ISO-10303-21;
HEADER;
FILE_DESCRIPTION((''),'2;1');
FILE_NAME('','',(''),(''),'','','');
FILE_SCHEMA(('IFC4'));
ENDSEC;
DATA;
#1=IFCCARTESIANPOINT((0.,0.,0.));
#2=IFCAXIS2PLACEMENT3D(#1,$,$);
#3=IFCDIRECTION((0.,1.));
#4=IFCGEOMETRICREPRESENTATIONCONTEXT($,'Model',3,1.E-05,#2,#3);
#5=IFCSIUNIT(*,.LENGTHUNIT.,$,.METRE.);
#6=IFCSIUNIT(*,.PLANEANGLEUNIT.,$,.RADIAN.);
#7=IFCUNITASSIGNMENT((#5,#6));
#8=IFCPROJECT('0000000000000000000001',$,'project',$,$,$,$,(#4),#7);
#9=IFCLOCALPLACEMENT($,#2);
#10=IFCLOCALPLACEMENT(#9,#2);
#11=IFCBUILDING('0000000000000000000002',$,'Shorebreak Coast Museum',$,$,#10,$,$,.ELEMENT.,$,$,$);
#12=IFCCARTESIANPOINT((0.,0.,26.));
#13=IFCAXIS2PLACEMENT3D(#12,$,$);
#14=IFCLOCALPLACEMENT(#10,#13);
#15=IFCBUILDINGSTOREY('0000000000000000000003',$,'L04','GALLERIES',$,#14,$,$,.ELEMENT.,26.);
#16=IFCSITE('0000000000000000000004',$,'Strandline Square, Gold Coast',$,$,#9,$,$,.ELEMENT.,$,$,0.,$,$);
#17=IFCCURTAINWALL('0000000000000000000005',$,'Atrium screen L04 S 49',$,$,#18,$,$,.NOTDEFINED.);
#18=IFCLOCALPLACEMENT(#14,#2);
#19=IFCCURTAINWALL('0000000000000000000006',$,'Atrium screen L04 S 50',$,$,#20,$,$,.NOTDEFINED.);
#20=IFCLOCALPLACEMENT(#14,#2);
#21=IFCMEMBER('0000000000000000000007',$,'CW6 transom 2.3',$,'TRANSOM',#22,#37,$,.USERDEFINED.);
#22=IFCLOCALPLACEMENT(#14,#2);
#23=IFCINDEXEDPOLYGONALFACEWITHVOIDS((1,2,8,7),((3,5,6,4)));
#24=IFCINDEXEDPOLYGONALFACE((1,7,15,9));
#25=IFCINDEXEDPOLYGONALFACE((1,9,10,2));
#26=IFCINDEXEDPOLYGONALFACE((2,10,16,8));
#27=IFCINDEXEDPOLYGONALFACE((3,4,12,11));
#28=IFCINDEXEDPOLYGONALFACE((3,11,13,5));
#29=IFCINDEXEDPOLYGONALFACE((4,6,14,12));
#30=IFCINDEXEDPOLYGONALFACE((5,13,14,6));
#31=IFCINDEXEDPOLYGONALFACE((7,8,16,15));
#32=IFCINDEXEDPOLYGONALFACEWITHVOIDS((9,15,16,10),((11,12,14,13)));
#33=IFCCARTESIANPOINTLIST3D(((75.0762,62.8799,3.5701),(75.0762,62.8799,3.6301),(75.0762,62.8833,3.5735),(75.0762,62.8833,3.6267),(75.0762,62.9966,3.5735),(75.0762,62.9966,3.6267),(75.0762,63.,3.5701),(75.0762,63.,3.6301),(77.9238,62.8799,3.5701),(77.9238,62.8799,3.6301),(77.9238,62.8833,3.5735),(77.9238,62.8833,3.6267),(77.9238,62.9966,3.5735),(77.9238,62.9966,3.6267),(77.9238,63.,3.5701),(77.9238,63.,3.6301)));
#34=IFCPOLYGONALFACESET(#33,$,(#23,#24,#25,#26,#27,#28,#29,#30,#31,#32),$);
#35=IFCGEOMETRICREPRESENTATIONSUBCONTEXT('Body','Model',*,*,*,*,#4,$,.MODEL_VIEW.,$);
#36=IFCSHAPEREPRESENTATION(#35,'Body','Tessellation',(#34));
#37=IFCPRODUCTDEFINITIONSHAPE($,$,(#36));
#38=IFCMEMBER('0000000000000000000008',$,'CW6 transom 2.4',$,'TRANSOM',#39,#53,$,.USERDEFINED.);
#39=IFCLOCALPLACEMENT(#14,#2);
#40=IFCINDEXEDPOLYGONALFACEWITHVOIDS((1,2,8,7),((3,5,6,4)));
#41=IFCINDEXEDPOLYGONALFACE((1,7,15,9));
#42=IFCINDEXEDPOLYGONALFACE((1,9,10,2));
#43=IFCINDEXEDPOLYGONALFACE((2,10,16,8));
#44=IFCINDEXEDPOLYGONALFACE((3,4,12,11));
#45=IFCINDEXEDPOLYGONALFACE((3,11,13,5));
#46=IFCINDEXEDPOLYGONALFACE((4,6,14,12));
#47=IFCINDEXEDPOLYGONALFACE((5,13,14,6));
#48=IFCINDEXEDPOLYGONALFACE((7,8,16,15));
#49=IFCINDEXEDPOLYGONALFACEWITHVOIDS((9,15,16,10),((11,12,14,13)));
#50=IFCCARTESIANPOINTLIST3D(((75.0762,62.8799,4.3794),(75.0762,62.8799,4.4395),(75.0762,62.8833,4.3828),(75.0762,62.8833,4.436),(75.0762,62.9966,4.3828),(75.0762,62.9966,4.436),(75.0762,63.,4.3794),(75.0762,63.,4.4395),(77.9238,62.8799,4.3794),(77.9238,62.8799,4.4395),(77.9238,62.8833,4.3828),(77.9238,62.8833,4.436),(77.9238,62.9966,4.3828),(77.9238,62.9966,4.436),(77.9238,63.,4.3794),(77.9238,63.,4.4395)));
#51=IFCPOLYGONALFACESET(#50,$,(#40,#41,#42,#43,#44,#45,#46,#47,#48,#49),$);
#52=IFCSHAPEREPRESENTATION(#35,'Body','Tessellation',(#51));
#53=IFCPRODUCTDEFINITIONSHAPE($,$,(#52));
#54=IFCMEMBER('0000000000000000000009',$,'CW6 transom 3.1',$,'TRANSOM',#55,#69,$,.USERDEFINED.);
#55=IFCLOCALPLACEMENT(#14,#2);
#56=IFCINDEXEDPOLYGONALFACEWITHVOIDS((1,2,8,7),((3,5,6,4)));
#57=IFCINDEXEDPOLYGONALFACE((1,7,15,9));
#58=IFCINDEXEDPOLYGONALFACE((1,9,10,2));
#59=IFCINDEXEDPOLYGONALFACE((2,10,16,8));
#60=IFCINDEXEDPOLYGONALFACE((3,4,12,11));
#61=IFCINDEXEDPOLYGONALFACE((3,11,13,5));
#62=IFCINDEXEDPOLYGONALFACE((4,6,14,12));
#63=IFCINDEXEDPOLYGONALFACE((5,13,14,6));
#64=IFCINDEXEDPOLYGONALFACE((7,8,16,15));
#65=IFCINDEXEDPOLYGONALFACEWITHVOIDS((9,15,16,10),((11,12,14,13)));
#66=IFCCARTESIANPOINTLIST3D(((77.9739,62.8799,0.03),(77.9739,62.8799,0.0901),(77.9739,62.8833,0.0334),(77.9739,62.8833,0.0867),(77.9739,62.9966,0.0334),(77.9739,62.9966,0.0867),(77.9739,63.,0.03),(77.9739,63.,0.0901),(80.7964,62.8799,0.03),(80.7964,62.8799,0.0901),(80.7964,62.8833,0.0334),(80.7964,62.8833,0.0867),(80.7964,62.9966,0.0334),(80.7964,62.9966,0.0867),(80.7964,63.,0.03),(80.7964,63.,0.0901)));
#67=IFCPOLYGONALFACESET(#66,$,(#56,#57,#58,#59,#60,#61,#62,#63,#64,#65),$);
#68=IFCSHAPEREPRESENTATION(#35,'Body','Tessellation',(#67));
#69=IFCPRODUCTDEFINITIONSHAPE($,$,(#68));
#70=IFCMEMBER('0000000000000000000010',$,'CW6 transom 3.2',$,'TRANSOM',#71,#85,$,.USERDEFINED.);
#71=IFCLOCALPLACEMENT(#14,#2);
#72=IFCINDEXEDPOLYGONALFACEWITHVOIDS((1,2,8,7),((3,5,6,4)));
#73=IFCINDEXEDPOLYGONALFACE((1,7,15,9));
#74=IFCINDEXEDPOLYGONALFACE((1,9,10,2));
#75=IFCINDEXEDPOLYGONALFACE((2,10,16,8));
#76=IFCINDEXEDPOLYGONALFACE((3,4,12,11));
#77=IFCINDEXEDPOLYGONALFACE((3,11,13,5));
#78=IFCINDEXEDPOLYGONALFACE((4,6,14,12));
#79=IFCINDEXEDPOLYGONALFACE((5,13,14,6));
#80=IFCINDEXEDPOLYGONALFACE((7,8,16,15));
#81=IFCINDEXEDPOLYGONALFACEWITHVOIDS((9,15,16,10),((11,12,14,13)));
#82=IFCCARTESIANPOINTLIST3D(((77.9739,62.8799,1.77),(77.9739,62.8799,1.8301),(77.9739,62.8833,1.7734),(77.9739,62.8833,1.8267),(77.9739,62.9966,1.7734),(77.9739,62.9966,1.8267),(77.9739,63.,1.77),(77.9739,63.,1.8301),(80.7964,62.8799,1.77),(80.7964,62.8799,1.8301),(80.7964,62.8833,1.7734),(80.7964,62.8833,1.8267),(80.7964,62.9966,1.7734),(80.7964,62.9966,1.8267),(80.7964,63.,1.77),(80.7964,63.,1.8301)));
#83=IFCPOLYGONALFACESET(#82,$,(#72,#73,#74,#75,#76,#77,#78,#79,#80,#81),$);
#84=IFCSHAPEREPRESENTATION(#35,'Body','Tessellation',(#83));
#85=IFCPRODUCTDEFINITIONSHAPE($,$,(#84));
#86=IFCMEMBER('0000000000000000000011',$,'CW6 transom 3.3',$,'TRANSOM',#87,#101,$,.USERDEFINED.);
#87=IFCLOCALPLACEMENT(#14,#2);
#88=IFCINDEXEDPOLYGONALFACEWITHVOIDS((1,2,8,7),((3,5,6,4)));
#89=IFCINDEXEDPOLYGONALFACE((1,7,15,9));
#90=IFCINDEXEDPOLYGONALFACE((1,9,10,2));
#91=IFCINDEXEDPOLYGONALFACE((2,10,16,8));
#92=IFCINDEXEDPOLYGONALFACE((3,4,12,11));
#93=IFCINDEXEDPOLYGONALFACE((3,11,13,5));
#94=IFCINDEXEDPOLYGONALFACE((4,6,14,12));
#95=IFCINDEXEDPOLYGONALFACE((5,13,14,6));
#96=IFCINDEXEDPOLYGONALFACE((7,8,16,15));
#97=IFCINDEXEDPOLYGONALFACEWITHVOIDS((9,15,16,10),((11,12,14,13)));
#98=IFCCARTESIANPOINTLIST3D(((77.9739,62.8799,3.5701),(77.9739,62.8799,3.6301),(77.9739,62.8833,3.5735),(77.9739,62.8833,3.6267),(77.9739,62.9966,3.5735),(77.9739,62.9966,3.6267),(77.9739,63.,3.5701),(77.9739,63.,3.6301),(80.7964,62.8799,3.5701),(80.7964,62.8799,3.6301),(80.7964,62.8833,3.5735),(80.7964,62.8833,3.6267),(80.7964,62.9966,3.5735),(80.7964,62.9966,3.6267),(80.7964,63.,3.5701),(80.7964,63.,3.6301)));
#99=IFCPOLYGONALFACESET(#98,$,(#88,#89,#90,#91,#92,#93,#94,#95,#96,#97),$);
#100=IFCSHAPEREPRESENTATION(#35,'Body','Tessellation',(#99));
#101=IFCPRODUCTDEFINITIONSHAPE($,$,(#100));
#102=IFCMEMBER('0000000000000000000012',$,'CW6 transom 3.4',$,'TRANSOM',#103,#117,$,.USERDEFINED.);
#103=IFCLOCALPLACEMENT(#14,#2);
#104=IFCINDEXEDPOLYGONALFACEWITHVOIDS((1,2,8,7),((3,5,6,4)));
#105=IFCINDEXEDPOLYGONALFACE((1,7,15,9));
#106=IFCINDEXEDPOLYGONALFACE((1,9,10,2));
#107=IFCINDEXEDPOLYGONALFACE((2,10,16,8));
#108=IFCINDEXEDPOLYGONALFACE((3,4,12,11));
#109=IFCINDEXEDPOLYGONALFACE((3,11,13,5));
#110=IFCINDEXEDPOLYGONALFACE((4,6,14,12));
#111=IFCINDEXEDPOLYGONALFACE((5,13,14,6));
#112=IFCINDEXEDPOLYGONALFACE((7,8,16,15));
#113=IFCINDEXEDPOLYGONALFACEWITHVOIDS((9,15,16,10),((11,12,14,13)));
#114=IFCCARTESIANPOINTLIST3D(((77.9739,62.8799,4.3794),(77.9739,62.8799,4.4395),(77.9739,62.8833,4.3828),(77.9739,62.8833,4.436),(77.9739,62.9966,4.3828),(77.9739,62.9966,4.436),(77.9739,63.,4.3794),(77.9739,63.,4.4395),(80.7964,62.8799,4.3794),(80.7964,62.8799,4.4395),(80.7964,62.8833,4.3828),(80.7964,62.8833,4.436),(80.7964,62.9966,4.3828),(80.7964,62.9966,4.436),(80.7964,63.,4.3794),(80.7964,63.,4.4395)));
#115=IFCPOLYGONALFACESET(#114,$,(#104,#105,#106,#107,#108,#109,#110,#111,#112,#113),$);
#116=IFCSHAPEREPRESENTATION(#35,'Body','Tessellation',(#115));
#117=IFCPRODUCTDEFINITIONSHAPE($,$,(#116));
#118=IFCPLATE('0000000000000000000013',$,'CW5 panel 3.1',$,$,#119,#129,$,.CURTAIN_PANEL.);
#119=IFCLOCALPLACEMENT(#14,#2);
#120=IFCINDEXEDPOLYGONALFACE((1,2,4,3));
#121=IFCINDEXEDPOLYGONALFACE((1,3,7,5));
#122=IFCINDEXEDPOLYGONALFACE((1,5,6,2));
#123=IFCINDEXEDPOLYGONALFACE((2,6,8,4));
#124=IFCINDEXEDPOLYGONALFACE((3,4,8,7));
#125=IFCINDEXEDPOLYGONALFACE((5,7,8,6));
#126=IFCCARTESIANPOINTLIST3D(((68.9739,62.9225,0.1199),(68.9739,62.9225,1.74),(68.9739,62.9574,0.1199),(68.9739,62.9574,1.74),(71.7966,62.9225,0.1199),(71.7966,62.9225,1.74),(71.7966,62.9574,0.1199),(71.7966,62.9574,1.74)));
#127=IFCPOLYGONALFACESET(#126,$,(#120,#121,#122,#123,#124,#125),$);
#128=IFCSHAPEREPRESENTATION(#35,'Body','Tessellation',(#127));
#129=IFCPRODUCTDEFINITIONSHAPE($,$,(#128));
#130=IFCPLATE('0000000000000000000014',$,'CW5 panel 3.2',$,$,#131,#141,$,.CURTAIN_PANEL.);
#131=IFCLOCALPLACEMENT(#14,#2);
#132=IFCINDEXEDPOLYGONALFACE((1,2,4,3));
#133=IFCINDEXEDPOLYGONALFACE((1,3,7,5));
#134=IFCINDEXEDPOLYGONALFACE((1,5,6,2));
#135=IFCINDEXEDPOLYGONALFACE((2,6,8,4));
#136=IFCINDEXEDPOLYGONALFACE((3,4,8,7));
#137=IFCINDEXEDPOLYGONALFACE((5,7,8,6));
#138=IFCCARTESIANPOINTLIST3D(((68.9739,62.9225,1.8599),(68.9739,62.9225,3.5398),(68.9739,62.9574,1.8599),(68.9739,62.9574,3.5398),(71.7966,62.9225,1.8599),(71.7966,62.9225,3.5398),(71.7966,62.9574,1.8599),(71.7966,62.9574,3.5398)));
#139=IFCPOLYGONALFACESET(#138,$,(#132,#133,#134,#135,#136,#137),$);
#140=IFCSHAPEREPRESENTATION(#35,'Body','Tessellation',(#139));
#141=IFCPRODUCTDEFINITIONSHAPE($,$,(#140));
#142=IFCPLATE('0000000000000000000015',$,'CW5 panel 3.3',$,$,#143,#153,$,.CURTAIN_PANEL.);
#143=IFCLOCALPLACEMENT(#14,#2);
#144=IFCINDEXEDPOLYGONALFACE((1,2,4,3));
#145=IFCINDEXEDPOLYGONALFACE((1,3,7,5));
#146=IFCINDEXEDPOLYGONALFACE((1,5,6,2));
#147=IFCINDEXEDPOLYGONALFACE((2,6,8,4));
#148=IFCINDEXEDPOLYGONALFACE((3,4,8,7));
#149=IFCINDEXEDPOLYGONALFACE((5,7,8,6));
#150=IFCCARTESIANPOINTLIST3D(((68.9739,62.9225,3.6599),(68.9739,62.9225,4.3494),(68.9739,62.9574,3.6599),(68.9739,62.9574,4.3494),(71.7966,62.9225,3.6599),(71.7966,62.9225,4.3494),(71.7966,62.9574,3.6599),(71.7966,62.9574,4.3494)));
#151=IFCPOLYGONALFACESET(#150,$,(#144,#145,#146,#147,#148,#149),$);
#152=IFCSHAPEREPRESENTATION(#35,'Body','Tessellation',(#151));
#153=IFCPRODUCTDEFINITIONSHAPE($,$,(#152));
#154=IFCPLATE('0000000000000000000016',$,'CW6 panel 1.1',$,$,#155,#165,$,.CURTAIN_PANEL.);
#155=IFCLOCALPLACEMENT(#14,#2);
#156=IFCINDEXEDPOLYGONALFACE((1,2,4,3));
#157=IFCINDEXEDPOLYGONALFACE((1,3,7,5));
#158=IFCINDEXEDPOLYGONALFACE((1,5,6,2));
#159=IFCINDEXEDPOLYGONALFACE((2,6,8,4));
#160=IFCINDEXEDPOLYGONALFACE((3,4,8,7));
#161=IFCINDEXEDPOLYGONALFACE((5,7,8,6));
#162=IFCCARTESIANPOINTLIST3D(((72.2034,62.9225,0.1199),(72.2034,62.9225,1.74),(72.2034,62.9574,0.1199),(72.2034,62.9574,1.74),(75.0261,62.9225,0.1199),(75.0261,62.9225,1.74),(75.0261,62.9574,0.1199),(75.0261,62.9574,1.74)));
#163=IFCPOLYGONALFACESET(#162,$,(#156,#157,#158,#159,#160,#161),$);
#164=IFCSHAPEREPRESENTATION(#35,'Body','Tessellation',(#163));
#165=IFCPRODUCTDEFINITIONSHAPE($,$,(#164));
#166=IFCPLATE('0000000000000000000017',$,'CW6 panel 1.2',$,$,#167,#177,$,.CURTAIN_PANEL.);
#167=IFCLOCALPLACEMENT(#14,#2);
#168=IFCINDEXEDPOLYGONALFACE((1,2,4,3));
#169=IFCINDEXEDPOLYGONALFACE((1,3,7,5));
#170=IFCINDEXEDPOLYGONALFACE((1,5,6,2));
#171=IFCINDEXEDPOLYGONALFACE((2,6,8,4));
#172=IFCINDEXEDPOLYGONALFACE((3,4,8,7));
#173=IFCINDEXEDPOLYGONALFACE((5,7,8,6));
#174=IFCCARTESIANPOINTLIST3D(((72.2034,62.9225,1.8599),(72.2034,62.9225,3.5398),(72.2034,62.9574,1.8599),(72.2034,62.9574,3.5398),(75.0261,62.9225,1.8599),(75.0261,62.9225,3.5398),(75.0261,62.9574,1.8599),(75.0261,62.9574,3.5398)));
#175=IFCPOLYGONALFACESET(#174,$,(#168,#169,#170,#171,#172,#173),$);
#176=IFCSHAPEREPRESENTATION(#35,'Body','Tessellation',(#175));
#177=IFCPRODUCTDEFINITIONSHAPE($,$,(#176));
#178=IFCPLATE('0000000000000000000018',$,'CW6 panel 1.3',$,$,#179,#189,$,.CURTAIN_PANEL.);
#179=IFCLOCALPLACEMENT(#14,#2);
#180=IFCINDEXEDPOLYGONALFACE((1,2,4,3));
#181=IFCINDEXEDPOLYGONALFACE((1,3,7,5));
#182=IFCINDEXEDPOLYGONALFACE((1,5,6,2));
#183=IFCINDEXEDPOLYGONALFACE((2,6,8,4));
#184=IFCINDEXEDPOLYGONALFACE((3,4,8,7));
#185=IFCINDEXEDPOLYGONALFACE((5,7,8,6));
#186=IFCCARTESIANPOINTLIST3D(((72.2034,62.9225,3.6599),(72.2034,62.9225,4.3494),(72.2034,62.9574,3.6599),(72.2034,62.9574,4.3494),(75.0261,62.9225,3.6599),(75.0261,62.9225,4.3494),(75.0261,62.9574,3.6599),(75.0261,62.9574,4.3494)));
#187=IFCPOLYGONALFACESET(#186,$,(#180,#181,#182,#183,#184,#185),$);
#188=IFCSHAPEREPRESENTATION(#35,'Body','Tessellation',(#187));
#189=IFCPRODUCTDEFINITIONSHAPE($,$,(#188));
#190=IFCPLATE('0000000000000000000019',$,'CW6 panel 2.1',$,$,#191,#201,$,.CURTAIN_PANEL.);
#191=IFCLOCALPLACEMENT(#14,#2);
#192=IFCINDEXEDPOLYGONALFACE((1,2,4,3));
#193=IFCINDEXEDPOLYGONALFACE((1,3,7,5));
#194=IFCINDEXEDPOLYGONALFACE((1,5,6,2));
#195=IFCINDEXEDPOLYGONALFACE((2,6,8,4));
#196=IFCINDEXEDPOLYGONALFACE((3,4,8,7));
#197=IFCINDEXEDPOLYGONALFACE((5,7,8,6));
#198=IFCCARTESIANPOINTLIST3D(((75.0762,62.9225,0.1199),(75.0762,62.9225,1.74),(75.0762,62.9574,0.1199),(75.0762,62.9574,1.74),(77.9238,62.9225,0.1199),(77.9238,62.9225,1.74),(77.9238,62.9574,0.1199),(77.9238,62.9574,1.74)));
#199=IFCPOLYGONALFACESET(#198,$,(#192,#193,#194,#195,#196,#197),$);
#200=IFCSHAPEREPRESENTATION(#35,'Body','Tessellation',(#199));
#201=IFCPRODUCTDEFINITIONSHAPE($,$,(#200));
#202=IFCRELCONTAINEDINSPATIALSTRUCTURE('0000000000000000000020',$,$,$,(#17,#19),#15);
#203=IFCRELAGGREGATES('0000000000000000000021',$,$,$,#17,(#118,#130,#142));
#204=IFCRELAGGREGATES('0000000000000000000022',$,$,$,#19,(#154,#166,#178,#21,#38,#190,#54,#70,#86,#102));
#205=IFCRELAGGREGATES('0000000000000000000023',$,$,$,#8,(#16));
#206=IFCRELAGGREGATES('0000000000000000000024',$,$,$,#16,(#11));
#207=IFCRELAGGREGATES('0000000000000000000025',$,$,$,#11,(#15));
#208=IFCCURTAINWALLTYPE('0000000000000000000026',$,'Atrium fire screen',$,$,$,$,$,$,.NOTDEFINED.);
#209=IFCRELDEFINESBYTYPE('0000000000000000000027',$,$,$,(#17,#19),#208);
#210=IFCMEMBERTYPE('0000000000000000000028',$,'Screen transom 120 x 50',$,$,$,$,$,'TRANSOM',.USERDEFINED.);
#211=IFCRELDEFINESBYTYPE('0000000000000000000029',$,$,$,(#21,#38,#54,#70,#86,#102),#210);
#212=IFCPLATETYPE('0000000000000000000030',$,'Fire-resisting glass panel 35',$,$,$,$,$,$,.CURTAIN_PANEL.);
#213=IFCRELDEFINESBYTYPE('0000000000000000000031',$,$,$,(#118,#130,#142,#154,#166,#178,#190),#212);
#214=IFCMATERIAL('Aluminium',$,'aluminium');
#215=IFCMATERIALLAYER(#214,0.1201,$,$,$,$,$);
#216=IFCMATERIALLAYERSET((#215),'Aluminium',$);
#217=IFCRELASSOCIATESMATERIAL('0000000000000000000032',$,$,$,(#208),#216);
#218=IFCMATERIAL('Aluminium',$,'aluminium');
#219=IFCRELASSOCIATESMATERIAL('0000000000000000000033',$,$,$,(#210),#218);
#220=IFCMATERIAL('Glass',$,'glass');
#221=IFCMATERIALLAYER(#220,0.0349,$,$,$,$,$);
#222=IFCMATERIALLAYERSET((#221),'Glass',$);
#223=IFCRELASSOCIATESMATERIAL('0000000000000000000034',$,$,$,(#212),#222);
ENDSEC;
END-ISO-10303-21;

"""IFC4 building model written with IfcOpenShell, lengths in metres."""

from ifc_helpers import new_model, si_unit, direction, frame, origin, origin_2d, place, context, subcontext, project, spatial, rectangle, hollow_rectangle, extrude, material, layer, layer_set, material_profile, profile_set, type_object, element, aggregate, save


model = new_model("IFC4")

# Units and contexts
model_context = context("Model", 3, precision=1e-05, world=origin(), true_north=direction((0.0, 1.0)))
body_context = subcontext(model_context, "Body", "Model", "MODEL_VIEW")
ifc_project = project(units=[si_unit("LENGTHUNIT", "METRE"), si_unit("PLANEANGLEUNIT", "RADIAN")], contexts=[model_context])

# Site, building, storey
site_placement = place(None, origin())
site = spatial("IfcSite", under=ifc_project, at=site_placement, Name="Strandline Square, Gold Coast", CompositionType="ELEMENT", RefElevation=0.0)
building_placement = place(site_placement, origin())
building = spatial("IfcBuilding", under=site, at=building_placement, Name="Shorebreak Coast Museum", CompositionType="ELEMENT")
storey_placement = place(building_placement, frame((0.0, 0.0, 26.0)))
storey = spatial("IfcBuildingStorey", under=building, at=storey_placement, Name="L04", Description="GALLERIES", CompositionType="ELEMENT", Elevation=26.0)

# Curtain wall
ifc_material_1 = material(Name="Aluminium", Category="aluminium")
ifc_layer_1 = layer(ifc_material_1, 0.1201)
ifc_layer_set_1 = layer_set([ifc_layer_1], Name="Aluminium")
curtain_wall_type = type_object("IfcCurtainWallType", Name="Atrium fire screen", PredefinedType="NOTDEFINED", material=ifc_layer_set_1)
curtain_wall_1_placement = place(storey_placement, origin())
curtain_wall_1 = element("IfcCurtainWall", 1, at=curtain_wall_1_placement, inside=storey, type_object=curtain_wall_type, Name="Atrium screen L04 S 49", PredefinedType="NOTDEFINED")

# Curtain wall
curtain_wall_2_placement = place(storey_placement, origin())
curtain_wall_2 = element("IfcCurtainWall", 2, at=curtain_wall_2_placement, inside=storey, type_object=curtain_wall_type, Name="Atrium screen L04 S 50", PredefinedType="NOTDEFINED")

# Members
ifc_material_2 = material(Name="Aluminium", Category="aluminium")
ifc_material_profile_1 = material_profile(ifc_material_2, hollow_rectangle(XDim=0.1201, YDim=0.0601, WallThickness=0.0034, at=origin_2d()), Name="AL 60x120 RHS")
ifc_profile_set_1 = profile_set([ifc_material_profile_1], Name="Aluminium")
member_type_1 = type_object("IfcMemberType", Name="Screen transom 120 x 50", ElementType="TRANSOM", PredefinedType="USERDEFINED", material=ifc_profile_set_1)
member_1_placement = place(storey_placement, frame((75.0762, 62.9399, 3.6001), z_axis=(1.0, 0.0, 0.0), x_axis=(0.0, 1.0, 0.0)))
member_1 = element("IfcMember", 3, at=member_1_placement, type_object=member_type_1, Name="CW6 transom 2.3", ObjectType="TRANSOM", PredefinedType="USERDEFINED", context=body_context, shape_type="SweptSolid", body=[
    extrude(hollow_rectangle(XDim=0.1201, YDim=0.0601, WallThickness=0.0034, at=origin_2d()), origin(), (0.0, 0.0, 1.0), 2.8477),
])
member_2_placement = place(storey_placement, frame((75.0762, 62.9399, 4.4094), z_axis=(1.0, 0.0, 0.0), x_axis=(0.0, 1.0, 0.0)))
member_2 = element("IfcMember", 4, at=member_2_placement, type_object=member_type_1, Name="CW6 transom 2.4", ObjectType="TRANSOM", PredefinedType="USERDEFINED", context=body_context, shape_type="SweptSolid", body=[
    extrude(hollow_rectangle(XDim=0.1201, YDim=0.0601, WallThickness=0.0034, at=origin_2d()), origin(), (0.0, 0.0, 1.0), 2.8477),
])
member_3_placement = place(storey_placement, frame((77.9739, 62.9399, 0.0601), z_axis=(1.0, 0.0, 0.0), x_axis=(0.0, 1.0, 0.0)))
member_3 = element("IfcMember", 5, at=member_3_placement, type_object=member_type_1, Name="CW6 transom 3.1", ObjectType="TRANSOM", PredefinedType="USERDEFINED", context=body_context, shape_type="SweptSolid", body=[
    extrude(hollow_rectangle(XDim=0.1201, YDim=0.0601, WallThickness=0.0034, at=origin_2d()), origin(), (0.0, 0.0, 1.0), 2.8225),
])
member_4_placement = place(storey_placement, frame((77.9739, 62.9399, 1.8), z_axis=(1.0, 0.0, 0.0), x_axis=(0.0, 1.0, 0.0)))
member_4 = element("IfcMember", 6, at=member_4_placement, type_object=member_type_1, Name="CW6 transom 3.2", ObjectType="TRANSOM", PredefinedType="USERDEFINED", context=body_context, shape_type="SweptSolid", body=[
    extrude(hollow_rectangle(XDim=0.1201, YDim=0.0601, WallThickness=0.0034, at=origin_2d()), origin(), (0.0, 0.0, 1.0), 2.8225),
])
member_5_placement = place(storey_placement, frame((77.9739, 62.9399, 3.6001), z_axis=(1.0, 0.0, 0.0), x_axis=(0.0, 1.0, 0.0)))
member_5 = element("IfcMember", 7, at=member_5_placement, type_object=member_type_1, Name="CW6 transom 3.3", ObjectType="TRANSOM", PredefinedType="USERDEFINED", context=body_context, shape_type="SweptSolid", body=[
    extrude(hollow_rectangle(XDim=0.1201, YDim=0.0601, WallThickness=0.0034, at=origin_2d()), origin(), (0.0, 0.0, 1.0), 2.8225),
])
member_6_placement = place(storey_placement, frame((77.9739, 62.9399, 4.4094), z_axis=(1.0, 0.0, 0.0), x_axis=(0.0, 1.0, 0.0)))
member_6 = element("IfcMember", 8, at=member_6_placement, type_object=member_type_1, Name="CW6 transom 3.4", ObjectType="TRANSOM", PredefinedType="USERDEFINED", context=body_context, shape_type="SweptSolid", body=[
    extrude(hollow_rectangle(XDim=0.1201, YDim=0.0601, WallThickness=0.0034, at=origin_2d()), origin(), (0.0, 0.0, 1.0), 2.8225),
])

# Plates
ifc_material_3 = material(Name="Glass", Category="glass")
ifc_layer_2 = layer(ifc_material_3, 0.0349)
ifc_layer_set_2 = layer_set([ifc_layer_2], Name="Glass")
plate_type = type_object("IfcPlateType", Name="Fire-resisting glass panel 35", PredefinedType="CURTAIN_PANEL", material=ifc_layer_set_2)
plate_1_placement = place(storey_placement, frame((70.3853, 62.9399, 0.1199), z_axis=(0.0, 0.0, 1.0), x_axis=(1.0, 0.0, 0.0)))
plate_1 = element("IfcPlate", 9, at=plate_1_placement, type_object=plate_type, Name="CW5 panel 3.1", PredefinedType="CURTAIN_PANEL", context=body_context, shape_type="SweptSolid", body=[
    extrude(rectangle(XDim=2.8228, YDim=0.0349, at=origin_2d()), origin(), (0.0, 0.0, 1.0), 1.6201),
])
plate_2_placement = place(storey_placement, frame((70.3853, 62.9399, 1.8599), z_axis=(0.0, 0.0, 1.0), x_axis=(1.0, 0.0, 0.0)))
plate_2 = element("IfcPlate", 10, at=plate_2_placement, type_object=plate_type, Name="CW5 panel 3.2", PredefinedType="CURTAIN_PANEL", context=body_context, shape_type="SweptSolid", body=[
    extrude(rectangle(XDim=2.8228, YDim=0.0349, at=origin_2d()), origin(), (0.0, 0.0, 1.0), 1.6799),
])
plate_3_placement = place(storey_placement, frame((70.3853, 62.9399, 3.6599), z_axis=(0.0, 0.0, 1.0), x_axis=(1.0, 0.0, 0.0)))
plate_3 = element("IfcPlate", 11, at=plate_3_placement, type_object=plate_type, Name="CW5 panel 3.3", PredefinedType="CURTAIN_PANEL", context=body_context, shape_type="SweptSolid", body=[
    extrude(rectangle(XDim=2.8228, YDim=0.0349, at=origin_2d()), origin(), (0.0, 0.0, 1.0), 0.6895),
])
aggregate(curtain_wall_1, [plate_1, plate_2, plate_3])
plate_4_placement = place(storey_placement, frame((73.6147, 62.9399, 0.1199), z_axis=(0.0, 0.0, 1.0), x_axis=(1.0, 0.0, 0.0)))
plate_4 = element("IfcPlate", 12, at=plate_4_placement, type_object=plate_type, Name="CW6 panel 1.1", PredefinedType="CURTAIN_PANEL", context=body_context, shape_type="SweptSolid", body=[
    extrude(rectangle(XDim=2.8228, YDim=0.0349, at=origin_2d()), origin(), (0.0, 0.0, 1.0), 1.6201),
])
plate_5_placement = place(storey_placement, frame((73.6147, 62.9399, 1.8599), z_axis=(0.0, 0.0, 1.0), x_axis=(1.0, 0.0, 0.0)))
plate_5 = element("IfcPlate", 13, at=plate_5_placement, type_object=plate_type, Name="CW6 panel 1.2", PredefinedType="CURTAIN_PANEL", context=body_context, shape_type="SweptSolid", body=[
    extrude(rectangle(XDim=2.8228, YDim=0.0349, at=origin_2d()), origin(), (0.0, 0.0, 1.0), 1.6799),
])
plate_6_placement = place(storey_placement, frame((73.6147, 62.9399, 3.6599), z_axis=(0.0, 0.0, 1.0), x_axis=(1.0, 0.0, 0.0)))
plate_6 = element("IfcPlate", 14, at=plate_6_placement, type_object=plate_type, Name="CW6 panel 1.3", PredefinedType="CURTAIN_PANEL", context=body_context, shape_type="SweptSolid", body=[
    extrude(rectangle(XDim=2.8228, YDim=0.0349, at=origin_2d()), origin(), (0.0, 0.0, 1.0), 0.6895),
])
plate_7_placement = place(storey_placement, frame((76.5, 62.9399, 0.1199), z_axis=(0.0, 0.0, 1.0), x_axis=(1.0, 0.0, 0.0)))
plate_7 = element("IfcPlate", 15, at=plate_7_placement, type_object=plate_type, Name="CW6 panel 2.1", PredefinedType="CURTAIN_PANEL", context=body_context, shape_type="SweptSolid", body=[
    extrude(rectangle(XDim=2.8477, YDim=0.0349, at=origin_2d()), origin(), (0.0, 0.0, 1.0), 1.6201),
])
aggregate(curtain_wall_2, [plate_4, plate_5, plate_6, member_1, member_2, plate_7, member_3, member_4, member_5, member_6])

save(model, "model.ifc")
